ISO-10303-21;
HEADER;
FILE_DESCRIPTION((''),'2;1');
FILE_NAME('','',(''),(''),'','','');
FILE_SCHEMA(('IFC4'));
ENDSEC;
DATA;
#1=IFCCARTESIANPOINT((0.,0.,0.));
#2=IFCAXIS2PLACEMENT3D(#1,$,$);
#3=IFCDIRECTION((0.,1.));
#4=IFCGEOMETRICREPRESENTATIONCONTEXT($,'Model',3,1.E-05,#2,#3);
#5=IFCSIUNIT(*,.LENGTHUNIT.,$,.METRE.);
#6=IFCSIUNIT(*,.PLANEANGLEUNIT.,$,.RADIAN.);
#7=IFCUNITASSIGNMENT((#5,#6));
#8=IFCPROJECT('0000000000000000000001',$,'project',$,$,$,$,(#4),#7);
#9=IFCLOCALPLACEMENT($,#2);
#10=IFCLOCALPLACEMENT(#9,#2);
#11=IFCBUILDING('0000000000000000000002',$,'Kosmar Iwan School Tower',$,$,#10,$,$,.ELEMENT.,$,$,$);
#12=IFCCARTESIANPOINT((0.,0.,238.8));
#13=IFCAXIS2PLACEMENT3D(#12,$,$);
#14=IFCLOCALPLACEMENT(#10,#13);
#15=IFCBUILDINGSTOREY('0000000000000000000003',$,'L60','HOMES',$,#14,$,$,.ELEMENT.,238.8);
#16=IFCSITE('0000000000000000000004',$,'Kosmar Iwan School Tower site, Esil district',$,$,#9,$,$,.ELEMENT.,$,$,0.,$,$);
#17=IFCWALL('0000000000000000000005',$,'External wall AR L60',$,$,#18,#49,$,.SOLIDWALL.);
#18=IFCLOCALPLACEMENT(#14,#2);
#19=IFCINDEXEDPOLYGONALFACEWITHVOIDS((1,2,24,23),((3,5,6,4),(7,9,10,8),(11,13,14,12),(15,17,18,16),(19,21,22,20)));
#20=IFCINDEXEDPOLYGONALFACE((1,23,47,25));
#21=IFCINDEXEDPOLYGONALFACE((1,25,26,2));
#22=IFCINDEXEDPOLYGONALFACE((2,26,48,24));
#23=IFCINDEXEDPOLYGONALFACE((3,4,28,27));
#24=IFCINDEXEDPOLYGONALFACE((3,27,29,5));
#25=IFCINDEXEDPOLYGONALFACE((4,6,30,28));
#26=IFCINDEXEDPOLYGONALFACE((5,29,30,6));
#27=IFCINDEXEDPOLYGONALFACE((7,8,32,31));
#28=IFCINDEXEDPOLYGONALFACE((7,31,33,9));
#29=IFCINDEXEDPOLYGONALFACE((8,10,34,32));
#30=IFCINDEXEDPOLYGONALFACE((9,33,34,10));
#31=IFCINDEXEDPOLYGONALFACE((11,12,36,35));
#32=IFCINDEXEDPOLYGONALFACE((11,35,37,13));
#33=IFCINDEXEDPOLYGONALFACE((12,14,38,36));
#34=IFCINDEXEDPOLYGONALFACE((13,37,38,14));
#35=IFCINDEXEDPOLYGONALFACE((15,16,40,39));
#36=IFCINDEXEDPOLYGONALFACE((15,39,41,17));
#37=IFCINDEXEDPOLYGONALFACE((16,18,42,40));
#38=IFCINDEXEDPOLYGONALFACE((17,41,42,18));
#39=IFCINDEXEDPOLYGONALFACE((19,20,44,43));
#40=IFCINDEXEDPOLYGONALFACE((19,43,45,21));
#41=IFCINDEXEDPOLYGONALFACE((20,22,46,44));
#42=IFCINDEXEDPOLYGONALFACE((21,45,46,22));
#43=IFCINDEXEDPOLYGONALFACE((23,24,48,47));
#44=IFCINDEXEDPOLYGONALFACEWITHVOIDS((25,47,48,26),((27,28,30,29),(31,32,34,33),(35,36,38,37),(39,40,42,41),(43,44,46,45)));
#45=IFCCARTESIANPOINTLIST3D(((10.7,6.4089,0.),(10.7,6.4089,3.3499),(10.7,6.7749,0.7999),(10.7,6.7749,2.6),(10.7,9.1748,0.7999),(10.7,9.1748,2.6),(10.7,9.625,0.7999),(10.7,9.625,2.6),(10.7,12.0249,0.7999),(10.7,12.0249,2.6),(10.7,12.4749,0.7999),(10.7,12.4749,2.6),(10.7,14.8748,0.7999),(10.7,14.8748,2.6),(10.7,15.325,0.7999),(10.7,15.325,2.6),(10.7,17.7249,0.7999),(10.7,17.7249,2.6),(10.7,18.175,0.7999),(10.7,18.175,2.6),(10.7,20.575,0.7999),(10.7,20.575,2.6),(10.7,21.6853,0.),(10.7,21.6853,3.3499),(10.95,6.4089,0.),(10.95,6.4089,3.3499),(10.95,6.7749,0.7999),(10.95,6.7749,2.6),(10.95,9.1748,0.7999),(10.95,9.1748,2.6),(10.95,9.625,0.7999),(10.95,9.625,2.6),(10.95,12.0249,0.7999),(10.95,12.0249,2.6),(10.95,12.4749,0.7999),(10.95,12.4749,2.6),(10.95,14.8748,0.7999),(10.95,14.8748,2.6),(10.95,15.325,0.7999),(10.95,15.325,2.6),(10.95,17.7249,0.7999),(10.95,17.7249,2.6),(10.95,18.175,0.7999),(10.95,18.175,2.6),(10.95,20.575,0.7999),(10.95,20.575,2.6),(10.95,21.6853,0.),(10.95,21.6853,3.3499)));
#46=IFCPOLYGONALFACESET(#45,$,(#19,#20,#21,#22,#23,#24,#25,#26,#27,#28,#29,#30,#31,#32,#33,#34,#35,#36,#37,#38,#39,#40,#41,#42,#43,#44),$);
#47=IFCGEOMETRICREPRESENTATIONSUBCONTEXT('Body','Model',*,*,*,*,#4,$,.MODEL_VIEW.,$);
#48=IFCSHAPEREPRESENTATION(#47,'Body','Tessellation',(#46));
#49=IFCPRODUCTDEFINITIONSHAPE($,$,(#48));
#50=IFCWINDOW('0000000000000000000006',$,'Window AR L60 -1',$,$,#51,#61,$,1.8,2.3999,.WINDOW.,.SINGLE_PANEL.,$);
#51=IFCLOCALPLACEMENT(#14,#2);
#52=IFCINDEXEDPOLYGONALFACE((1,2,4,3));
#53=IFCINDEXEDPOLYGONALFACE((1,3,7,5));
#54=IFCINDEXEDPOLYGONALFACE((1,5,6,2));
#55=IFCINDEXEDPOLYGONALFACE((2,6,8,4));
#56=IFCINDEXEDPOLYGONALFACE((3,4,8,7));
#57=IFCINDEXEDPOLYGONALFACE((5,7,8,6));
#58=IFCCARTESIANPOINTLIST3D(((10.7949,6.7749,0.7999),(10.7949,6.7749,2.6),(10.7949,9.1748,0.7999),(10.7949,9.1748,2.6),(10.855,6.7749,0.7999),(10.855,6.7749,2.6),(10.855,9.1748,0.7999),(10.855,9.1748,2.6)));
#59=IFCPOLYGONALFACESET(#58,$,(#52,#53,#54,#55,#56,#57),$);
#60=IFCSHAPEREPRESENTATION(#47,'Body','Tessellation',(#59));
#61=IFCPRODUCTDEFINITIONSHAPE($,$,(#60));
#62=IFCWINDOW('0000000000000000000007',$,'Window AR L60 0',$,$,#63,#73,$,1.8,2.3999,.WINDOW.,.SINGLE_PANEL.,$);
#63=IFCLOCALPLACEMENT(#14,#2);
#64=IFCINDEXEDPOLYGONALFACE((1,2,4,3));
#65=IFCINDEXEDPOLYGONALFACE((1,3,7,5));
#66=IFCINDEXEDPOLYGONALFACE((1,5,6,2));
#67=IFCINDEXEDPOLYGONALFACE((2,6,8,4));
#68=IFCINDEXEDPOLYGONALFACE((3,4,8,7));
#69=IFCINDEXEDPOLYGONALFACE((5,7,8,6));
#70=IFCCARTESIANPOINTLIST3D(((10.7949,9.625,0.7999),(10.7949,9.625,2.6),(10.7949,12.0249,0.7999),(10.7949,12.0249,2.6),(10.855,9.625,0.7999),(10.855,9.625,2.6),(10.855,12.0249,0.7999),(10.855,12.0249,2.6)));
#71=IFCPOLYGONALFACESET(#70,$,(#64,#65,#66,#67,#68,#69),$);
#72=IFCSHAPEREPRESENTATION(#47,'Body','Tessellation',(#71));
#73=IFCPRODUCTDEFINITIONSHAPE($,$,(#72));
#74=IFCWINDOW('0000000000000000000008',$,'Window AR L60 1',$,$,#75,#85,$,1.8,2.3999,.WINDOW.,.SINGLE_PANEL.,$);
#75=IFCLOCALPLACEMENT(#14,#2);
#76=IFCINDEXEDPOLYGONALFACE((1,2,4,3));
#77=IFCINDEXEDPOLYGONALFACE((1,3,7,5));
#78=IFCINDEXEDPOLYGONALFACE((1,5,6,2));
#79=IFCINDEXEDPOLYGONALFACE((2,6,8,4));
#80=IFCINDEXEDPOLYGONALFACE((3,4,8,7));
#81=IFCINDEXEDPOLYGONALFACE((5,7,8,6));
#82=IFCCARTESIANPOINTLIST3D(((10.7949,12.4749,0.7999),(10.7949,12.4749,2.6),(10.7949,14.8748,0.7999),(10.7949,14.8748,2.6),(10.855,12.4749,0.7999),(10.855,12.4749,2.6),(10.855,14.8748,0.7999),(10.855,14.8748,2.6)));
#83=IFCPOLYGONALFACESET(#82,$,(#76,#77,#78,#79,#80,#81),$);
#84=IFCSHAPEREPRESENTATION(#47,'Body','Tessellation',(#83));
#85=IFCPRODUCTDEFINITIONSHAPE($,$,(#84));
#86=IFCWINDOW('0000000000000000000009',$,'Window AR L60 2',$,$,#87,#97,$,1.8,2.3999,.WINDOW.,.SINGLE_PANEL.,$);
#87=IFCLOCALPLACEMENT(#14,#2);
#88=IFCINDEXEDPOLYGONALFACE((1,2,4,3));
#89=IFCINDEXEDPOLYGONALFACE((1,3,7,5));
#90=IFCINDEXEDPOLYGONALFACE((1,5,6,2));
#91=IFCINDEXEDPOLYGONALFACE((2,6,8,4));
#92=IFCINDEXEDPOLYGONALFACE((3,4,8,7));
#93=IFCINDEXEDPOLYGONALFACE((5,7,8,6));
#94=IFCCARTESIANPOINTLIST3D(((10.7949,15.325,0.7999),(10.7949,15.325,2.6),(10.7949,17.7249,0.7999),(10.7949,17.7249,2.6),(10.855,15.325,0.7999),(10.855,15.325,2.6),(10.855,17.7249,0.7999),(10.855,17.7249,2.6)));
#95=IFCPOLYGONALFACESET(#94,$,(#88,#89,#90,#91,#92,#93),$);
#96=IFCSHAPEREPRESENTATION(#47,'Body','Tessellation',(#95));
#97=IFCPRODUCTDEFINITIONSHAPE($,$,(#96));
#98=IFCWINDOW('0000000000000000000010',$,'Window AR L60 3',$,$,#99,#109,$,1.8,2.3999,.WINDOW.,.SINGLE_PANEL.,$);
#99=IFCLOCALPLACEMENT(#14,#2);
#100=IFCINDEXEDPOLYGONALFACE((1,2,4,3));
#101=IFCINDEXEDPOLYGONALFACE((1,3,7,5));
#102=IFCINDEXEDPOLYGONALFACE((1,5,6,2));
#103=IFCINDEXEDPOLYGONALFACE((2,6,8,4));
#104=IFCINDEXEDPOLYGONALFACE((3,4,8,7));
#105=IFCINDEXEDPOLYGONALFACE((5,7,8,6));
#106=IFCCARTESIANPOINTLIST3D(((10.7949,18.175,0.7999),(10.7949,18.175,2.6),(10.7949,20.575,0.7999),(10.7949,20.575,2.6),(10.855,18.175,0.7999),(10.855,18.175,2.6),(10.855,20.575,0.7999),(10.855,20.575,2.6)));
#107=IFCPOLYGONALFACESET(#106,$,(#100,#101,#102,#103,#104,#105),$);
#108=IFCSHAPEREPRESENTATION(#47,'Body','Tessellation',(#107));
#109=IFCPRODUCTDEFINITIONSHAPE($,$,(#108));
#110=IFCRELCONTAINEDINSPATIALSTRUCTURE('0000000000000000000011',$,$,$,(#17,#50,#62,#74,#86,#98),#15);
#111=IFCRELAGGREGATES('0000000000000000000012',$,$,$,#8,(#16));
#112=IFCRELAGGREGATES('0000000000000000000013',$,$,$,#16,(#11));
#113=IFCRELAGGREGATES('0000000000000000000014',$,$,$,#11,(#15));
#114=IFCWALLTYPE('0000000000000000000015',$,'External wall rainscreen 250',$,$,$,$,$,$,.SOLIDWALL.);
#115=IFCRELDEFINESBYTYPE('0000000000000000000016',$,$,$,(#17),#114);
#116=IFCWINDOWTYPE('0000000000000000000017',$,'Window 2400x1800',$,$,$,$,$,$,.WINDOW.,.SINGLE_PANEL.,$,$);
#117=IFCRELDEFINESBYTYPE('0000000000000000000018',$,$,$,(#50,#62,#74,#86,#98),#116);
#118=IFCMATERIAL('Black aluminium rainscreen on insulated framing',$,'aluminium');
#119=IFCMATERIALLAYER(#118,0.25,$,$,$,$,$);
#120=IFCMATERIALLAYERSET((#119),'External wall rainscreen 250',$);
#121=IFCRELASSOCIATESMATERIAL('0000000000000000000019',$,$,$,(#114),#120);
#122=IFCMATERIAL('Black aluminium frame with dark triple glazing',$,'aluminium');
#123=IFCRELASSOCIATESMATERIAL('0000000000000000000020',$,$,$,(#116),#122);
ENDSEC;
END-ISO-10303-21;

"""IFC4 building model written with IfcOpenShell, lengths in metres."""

from ifc_helpers import new_model, si_unit, direction, frame, frame_2d, origin, place, context, subcontext, project, spatial, rectangle, extrude, material, layer, layer_set, type_object, element, fill, save


model = new_model("IFC4")

# Units and contexts
model_context = context("Model", 3, precision=1e-05, world=origin(), true_north=direction((0.0, 1.0)))
body_context = subcontext(model_context, "Body", "Model", "MODEL_VIEW")
ifc_project = project(units=[si_unit("LENGTHUNIT", "METRE"), si_unit("PLANEANGLEUNIT", "RADIAN")], contexts=[model_context])

# Site, building, storey
site_placement = place(None, origin())
site = spatial("IfcSite", under=ifc_project, at=site_placement, Name="Kosmar Iwan School Tower site, Esil district", CompositionType="ELEMENT", RefElevation=0.0)
building_placement = place(site_placement, origin())
building = spatial("IfcBuilding", under=site, at=building_placement, Name="Kosmar Iwan School Tower", CompositionType="ELEMENT")
storey_placement = place(building_placement, frame((0.0, 0.0, 238.8)))
storey = spatial("IfcBuildingStorey", under=building, at=storey_placement, Name="L60", Description="HOMES", CompositionType="ELEMENT", Elevation=238.8)

# Wall, openings, windows
ifc_material_1 = material(Name="Black aluminium rainscreen on insulated framing", Category="aluminium")
ifc_layer = layer(ifc_material_1, 0.25)
ifc_layer_set = layer_set([ifc_layer], Name="External wall rainscreen 250")
wall_type = type_object("IfcWallType", Name="External wall rainscreen 250", PredefinedType="SOLIDWALL", material=ifc_layer_set)
ifc_material_2 = material(Name="Black aluminium frame with dark triple glazing", Category="aluminium")
window_type = type_object("IfcWindowType", Name="Window 2400x1800", PartitioningType="SINGLE_PANEL", PredefinedType="WINDOW", material=ifc_material_2)
wall_1_placement = place(storey_placement, frame((10.825, 6.4089, 0.0), z_axis=(0.0, 0.0, 1.0), x_axis=(0.0, 1.0, 0.0)))
wall_1 = element("IfcWall", 1, at=wall_1_placement, inside=storey, type_object=wall_type, Name="External wall AR L60", PredefinedType="SOLIDWALL", context=body_context, shape_type="SweptSolid", body=[
    extrude(rectangle(XDim=15.2764, YDim=0.25, at=frame_2d((7.6382, 0.0))), origin(), (0.0, 0.0, 1.0), 3.3499),
])
opening_1_placement = place(wall_1_placement, frame((0.366, 0.0, 0.8)))
opening_1 = element("IfcOpeningElement", 2, at=opening_1_placement, cuts=wall_1, PredefinedType="OPENING", context=body_context, shape_type="SweptSolid", body=[
    extrude(rectangle(XDim=2.3999, YDim=1.8, at=frame_2d((1.2, 0.8999))), frame((0.0, 0.137, 0.0), z_axis=(0.0, -1.0, 0.0), x_axis=(1.0, 0.0, 0.0)), (0.0, 0.0, 1.0), 0.2739),
])
opening_2_placement = place(wall_1_placement, frame((3.2161, 0.0, 0.8)))
opening_2 = element("IfcOpeningElement", 3, at=opening_2_placement, cuts=wall_1, PredefinedType="OPENING", context=body_context, shape_type="SweptSolid", body=[
    extrude(rectangle(XDim=2.3999, YDim=1.8, at=frame_2d((1.2, 0.8999))), frame((0.0, 0.137, 0.0), z_axis=(0.0, -1.0, 0.0), x_axis=(1.0, 0.0, 0.0)), (0.0, 0.0, 1.0), 0.2739),
])
opening_3_placement = place(wall_1_placement, frame((6.0659, 0.0, 0.8)))
opening_3 = element("IfcOpeningElement", 4, at=opening_3_placement, cuts=wall_1, PredefinedType="OPENING", context=body_context, shape_type="SweptSolid", body=[
    extrude(rectangle(XDim=2.3999, YDim=1.8, at=frame_2d((1.2, 0.8999))), frame((0.0, 0.137, 0.0), z_axis=(0.0, -1.0, 0.0), x_axis=(1.0, 0.0, 0.0)), (0.0, 0.0, 1.0), 0.2739),
])
opening_4_placement = place(wall_1_placement, frame((8.916, 0.0, 0.8)))
opening_4 = element("IfcOpeningElement", 5, at=opening_4_placement, cuts=wall_1, PredefinedType="OPENING", context=body_context, shape_type="SweptSolid", body=[
    extrude(rectangle(XDim=2.3999, YDim=1.8, at=frame_2d((1.2, 0.8999))), frame((0.0, 0.137, 0.0), z_axis=(0.0, -1.0, 0.0), x_axis=(1.0, 0.0, 0.0)), (0.0, 0.0, 1.0), 0.2739),
])
opening_5_placement = place(wall_1_placement, frame((11.7661, 0.0, 0.8)))
opening_5 = element("IfcOpeningElement", 6, at=opening_5_placement, cuts=wall_1, PredefinedType="OPENING", context=body_context, shape_type="SweptSolid", body=[
    extrude(rectangle(XDim=2.3999, YDim=1.8, at=frame_2d((1.2, 0.8999))), frame((0.0, 0.137, 0.0), z_axis=(0.0, -1.0, 0.0), x_axis=(1.0, 0.0, 0.0)), (0.0, 0.0, 1.0), 0.2739),
])
window_1_placement = place(opening_1_placement, origin())
window_1 = element("IfcWindow", 7, at=window_1_placement, inside=storey, type_object=window_type, Name="Window AR L60 -1", OverallHeight=1.8, OverallWidth=2.3999, PartitioningType="SINGLE_PANEL", PredefinedType="WINDOW", context=body_context, shape_type="SweptSolid", body=[
    extrude(rectangle(XDim=2.3999, YDim=1.8, at=frame_2d((1.2, 0.8999))), frame((0.0, 0.03, 0.0), z_axis=(0.0, -1.0, 0.0), x_axis=(1.0, 0.0, 0.0)), (0.0, 0.0, 1.0), 0.0601),
])
fill(opening_1, window_1)
window_2_placement = place(opening_2_placement, origin())
window_2 = element("IfcWindow", 8, at=window_2_placement, inside=storey, type_object=window_type, Name="Window AR L60 0", OverallHeight=1.8, OverallWidth=2.3999, PartitioningType="SINGLE_PANEL", PredefinedType="WINDOW", context=body_context, shape_type="SweptSolid", body=[
    extrude(rectangle(XDim=2.3999, YDim=1.8, at=frame_2d((1.2, 0.8999))), frame((0.0, 0.03, 0.0), z_axis=(0.0, -1.0, 0.0), x_axis=(1.0, 0.0, 0.0)), (0.0, 0.0, 1.0), 0.0601),
])
fill(opening_2, window_2)
window_3_placement = place(opening_3_placement, origin())
window_3 = element("IfcWindow", 9, at=window_3_placement, inside=storey, type_object=window_type, Name="Window AR L60 1", OverallHeight=1.8, OverallWidth=2.3999, PartitioningType="SINGLE_PANEL", PredefinedType="WINDOW", context=body_context, shape_type="SweptSolid", body=[
    extrude(rectangle(XDim=2.3999, YDim=1.8, at=frame_2d((1.2, 0.8999))), frame((0.0, 0.03, 0.0), z_axis=(0.0, -1.0, 0.0), x_axis=(1.0, 0.0, 0.0)), (0.0, 0.0, 1.0), 0.0601),
])
fill(opening_3, window_3)
window_4_placement = place(opening_4_placement, origin())
window_4 = element("IfcWindow", 10, at=window_4_placement, inside=storey, type_object=window_type, Name="Window AR L60 2", OverallHeight=1.8, OverallWidth=2.3999, PartitioningType="SINGLE_PANEL", PredefinedType="WINDOW", context=body_context, shape_type="SweptSolid", body=[
    extrude(rectangle(XDim=2.3999, YDim=1.8, at=frame_2d((1.2, 0.8999))), frame((0.0, 0.03, 0.0), z_axis=(0.0, -1.0, 0.0), x_axis=(1.0, 0.0, 0.0)), (0.0, 0.0, 1.0), 0.0601),
])
fill(opening_4, window_4)
window_5_placement = place(opening_5_placement, origin())
window_5 = element("IfcWindow", 11, at=window_5_placement, inside=storey, type_object=window_type, Name="Window AR L60 3", OverallHeight=1.8, OverallWidth=2.3999, PartitioningType="SINGLE_PANEL", PredefinedType="WINDOW", context=body_context, shape_type="SweptSolid", body=[
    extrude(rectangle(XDim=2.3999, YDim=1.8, at=frame_2d((1.2, 0.8999))), frame((0.0, 0.03, 0.0), z_axis=(0.0, -1.0, 0.0), x_axis=(1.0, 0.0, 0.0)), (0.0, 0.0, 1.0), 0.0601),
])
fill(opening_5, window_5)

save(model, "model.ifc")
